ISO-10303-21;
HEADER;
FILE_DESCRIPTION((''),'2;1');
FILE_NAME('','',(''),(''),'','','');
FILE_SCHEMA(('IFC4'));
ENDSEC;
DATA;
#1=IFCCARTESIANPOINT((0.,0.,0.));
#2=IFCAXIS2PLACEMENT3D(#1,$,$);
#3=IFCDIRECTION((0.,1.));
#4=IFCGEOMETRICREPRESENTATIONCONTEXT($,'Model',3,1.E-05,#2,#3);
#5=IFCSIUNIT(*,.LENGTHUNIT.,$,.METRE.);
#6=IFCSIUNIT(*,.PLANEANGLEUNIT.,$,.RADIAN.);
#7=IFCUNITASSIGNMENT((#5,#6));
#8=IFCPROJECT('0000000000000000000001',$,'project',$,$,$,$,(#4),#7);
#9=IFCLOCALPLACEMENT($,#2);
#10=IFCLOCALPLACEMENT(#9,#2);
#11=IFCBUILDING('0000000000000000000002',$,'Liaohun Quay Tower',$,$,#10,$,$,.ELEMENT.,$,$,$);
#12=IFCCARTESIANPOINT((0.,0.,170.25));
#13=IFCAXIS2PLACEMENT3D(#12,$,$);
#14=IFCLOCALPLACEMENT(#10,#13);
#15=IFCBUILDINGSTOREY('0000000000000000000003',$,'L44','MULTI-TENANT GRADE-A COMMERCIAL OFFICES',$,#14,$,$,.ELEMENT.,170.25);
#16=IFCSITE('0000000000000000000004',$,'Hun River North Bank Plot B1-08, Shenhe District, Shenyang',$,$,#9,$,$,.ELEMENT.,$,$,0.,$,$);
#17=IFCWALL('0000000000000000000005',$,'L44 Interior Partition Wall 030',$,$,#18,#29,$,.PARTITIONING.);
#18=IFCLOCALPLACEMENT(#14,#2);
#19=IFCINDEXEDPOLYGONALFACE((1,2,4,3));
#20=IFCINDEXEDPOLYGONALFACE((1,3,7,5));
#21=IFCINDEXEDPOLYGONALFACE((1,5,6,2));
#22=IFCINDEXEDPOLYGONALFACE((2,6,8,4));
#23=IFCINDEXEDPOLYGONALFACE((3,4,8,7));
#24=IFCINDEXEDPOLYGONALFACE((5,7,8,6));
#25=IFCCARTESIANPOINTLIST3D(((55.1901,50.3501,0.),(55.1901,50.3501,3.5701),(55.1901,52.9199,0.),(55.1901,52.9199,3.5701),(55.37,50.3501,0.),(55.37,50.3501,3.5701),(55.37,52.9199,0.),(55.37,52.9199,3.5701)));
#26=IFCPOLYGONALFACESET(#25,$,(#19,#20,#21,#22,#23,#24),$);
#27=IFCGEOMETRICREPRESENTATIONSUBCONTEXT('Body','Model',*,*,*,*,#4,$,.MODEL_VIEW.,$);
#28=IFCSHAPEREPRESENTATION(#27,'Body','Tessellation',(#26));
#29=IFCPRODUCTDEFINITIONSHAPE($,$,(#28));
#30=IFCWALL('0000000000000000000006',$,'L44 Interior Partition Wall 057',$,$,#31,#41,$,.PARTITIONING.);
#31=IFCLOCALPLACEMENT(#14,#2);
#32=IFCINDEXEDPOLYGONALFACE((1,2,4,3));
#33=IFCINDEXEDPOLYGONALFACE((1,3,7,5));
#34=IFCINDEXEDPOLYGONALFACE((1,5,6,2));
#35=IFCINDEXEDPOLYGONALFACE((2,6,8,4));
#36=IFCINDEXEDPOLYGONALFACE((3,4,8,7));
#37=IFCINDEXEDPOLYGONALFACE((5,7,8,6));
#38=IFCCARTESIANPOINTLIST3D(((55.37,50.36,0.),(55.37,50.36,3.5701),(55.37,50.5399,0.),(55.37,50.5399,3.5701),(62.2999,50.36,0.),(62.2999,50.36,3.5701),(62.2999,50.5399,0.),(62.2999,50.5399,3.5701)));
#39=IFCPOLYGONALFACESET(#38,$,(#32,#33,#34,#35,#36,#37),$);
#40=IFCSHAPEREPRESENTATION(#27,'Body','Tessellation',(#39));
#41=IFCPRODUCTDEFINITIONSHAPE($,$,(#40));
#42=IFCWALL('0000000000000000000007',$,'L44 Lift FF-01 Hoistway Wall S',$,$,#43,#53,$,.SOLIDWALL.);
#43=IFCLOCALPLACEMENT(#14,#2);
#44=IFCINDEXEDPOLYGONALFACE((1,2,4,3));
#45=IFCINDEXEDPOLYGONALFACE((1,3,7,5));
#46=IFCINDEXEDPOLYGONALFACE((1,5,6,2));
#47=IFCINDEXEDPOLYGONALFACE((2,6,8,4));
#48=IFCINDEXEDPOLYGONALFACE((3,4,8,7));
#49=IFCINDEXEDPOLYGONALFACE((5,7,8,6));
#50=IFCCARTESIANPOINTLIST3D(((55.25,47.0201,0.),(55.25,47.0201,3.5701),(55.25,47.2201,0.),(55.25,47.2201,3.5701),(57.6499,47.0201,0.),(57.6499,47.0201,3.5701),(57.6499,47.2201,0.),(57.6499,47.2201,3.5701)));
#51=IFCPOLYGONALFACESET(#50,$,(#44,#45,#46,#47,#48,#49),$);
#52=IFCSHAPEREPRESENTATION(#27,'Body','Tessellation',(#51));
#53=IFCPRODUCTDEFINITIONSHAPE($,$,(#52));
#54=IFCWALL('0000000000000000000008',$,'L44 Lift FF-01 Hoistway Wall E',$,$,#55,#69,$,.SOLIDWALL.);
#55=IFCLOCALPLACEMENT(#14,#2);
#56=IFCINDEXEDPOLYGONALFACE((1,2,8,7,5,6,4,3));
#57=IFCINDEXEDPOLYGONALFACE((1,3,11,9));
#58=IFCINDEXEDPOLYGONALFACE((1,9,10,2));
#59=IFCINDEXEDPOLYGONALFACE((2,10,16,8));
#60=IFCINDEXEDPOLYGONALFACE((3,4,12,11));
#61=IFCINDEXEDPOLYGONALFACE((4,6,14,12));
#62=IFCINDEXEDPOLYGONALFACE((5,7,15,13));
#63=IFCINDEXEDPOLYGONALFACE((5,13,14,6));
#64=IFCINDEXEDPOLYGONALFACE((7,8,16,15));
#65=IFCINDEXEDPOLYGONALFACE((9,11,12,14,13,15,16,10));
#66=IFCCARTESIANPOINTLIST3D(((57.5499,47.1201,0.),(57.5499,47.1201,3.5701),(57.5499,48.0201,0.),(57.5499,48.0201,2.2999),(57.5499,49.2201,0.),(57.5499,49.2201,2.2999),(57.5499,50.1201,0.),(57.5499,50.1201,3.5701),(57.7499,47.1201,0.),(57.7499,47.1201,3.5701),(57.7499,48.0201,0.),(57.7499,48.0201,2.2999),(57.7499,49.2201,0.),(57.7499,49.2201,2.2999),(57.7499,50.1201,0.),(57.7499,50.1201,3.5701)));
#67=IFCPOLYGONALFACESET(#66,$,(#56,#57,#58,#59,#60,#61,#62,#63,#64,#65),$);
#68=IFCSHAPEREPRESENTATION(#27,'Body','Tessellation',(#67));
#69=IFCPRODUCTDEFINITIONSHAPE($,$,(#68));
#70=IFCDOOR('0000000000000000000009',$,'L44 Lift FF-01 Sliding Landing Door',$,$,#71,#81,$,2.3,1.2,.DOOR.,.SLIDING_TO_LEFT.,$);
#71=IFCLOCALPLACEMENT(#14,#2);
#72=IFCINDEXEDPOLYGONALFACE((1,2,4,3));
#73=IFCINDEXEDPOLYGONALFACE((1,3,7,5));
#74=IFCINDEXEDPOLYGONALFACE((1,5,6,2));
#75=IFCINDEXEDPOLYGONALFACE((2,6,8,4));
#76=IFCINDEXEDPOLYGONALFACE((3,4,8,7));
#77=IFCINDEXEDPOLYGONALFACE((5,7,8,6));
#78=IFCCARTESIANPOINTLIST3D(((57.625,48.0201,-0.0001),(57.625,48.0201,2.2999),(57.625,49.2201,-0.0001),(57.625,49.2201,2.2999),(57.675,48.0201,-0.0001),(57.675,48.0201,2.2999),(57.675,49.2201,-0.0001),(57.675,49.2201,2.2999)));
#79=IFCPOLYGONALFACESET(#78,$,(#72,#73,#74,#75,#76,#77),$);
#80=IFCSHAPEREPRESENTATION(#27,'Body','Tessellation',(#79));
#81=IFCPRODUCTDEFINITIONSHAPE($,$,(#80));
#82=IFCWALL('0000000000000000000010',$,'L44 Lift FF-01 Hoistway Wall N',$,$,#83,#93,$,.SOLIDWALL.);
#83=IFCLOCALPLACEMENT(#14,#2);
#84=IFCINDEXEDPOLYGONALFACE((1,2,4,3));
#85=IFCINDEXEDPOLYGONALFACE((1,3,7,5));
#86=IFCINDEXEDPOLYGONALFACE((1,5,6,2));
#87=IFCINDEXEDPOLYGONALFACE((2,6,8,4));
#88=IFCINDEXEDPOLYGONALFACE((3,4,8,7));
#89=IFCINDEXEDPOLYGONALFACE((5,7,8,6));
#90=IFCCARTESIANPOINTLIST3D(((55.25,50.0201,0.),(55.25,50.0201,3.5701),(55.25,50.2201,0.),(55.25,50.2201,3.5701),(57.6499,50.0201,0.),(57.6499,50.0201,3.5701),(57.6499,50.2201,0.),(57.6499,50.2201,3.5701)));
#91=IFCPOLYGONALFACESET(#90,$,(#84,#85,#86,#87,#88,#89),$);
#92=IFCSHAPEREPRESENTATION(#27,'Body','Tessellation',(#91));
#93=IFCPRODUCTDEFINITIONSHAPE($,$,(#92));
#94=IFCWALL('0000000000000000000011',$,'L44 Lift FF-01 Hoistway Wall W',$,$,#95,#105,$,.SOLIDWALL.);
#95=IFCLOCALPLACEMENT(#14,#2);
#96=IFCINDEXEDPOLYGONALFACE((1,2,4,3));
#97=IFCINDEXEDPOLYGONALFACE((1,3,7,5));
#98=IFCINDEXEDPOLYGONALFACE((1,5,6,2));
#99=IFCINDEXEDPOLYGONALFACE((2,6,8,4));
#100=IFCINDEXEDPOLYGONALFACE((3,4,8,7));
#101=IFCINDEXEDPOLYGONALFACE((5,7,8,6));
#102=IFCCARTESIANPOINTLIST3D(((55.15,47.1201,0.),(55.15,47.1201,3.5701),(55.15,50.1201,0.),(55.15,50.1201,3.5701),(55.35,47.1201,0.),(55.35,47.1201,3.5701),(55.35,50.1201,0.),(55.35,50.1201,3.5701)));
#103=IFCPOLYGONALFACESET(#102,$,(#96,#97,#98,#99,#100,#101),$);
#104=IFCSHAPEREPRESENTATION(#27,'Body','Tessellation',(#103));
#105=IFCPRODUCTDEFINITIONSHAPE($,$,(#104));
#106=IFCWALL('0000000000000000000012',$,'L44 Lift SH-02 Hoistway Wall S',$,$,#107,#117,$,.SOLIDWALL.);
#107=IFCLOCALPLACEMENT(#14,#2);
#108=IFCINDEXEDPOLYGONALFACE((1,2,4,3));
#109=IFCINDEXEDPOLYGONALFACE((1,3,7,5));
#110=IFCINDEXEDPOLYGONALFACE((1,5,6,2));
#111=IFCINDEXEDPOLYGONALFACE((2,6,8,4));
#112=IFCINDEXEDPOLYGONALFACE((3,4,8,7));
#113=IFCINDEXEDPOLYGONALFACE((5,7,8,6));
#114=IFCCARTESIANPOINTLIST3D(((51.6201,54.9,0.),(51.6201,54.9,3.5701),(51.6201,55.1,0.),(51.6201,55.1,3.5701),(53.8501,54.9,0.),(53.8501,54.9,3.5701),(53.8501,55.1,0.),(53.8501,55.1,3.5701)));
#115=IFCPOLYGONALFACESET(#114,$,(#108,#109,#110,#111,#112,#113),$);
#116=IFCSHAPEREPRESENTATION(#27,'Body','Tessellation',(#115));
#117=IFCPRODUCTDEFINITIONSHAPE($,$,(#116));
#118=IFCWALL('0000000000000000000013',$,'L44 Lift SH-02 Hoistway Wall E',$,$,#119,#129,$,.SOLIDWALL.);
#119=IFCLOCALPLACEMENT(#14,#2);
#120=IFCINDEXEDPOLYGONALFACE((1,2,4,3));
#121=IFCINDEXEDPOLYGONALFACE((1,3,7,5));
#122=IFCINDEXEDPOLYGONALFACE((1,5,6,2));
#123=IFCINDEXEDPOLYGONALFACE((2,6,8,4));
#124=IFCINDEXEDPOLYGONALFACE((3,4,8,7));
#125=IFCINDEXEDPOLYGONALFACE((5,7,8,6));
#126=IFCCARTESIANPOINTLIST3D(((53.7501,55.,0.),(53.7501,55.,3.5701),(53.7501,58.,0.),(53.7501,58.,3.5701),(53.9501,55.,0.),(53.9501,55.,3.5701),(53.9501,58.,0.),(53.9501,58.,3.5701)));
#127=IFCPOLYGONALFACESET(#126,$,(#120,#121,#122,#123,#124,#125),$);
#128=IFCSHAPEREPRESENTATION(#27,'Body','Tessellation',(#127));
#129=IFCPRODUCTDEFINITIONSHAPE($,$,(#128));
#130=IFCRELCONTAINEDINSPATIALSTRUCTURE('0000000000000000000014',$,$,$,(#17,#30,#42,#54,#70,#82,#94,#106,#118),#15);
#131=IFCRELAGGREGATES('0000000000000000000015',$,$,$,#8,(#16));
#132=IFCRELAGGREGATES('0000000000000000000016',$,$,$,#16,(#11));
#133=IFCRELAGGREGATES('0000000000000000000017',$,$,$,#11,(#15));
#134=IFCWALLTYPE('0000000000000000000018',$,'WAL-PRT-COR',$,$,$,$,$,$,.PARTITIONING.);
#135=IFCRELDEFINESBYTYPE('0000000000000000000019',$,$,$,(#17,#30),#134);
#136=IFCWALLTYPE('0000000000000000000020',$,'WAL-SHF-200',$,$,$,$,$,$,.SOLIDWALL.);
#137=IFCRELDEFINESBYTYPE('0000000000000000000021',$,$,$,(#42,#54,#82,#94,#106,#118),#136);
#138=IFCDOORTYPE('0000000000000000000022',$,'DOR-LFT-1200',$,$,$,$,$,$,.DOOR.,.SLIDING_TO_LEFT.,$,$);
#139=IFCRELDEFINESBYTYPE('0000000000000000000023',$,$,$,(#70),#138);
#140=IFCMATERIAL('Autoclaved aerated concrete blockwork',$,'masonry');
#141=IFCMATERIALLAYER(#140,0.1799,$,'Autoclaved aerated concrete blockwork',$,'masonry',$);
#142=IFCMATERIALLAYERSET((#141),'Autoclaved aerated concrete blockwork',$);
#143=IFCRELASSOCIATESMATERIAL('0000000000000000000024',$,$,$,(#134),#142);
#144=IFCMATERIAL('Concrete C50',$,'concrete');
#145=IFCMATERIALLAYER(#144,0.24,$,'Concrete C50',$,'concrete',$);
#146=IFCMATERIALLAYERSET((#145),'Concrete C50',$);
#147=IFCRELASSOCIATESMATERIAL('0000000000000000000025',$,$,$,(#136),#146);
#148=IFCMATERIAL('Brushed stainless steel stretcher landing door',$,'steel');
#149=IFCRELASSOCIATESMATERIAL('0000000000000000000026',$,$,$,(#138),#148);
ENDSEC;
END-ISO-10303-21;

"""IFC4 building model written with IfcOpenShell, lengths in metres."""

from ifc_helpers import new_model, si_unit, direction, frame, frame_2d, origin, place, context, subcontext, project, spatial, rectangle, extrude, source, transform, mapped, material, layer, layer_set, type_object, element, fill, save


model = new_model("IFC4")

# Units and contexts
model_context = context("Model", 3, precision=1e-05, world=origin(), true_north=direction((0.0, 1.0)))
body_context = subcontext(model_context, "Body", "Model", "MODEL_VIEW")
ifc_project = project(units=[si_unit("LENGTHUNIT", "METRE"), si_unit("PLANEANGLEUNIT", "RADIAN")], contexts=[model_context])

# Site, building, storey
site_placement = place(None, origin())
site = spatial("IfcSite", under=ifc_project, at=site_placement, Name="Hun River North Bank Plot B1-08, Shenhe District, Shenyang", CompositionType="ELEMENT", RefElevation=0.0)
building_placement = place(site_placement, origin())
building = spatial("IfcBuilding", under=site, at=building_placement, Name="Liaohun Quay Tower", CompositionType="ELEMENT")
storey_placement = place(building_placement, frame((0.0, 0.0, 170.25)))
storey = spatial("IfcBuildingStorey", under=building, at=storey_placement, Name="L44", Description="MULTI-TENANT GRADE-A COMMERCIAL OFFICES", CompositionType="ELEMENT", Elevation=170.25)

# Shared definitions
ifc_material_1 = material(Name="Autoclaved aerated concrete blockwork", Category="masonry")
ifc_layer_1 = layer(ifc_material_1, 0.1799, Name="Autoclaved aerated concrete blockwork", Category="masonry")
ifc_layer_set_1 = layer_set([ifc_layer_1], Name="Autoclaved aerated concrete blockwork")
wall_type_1 = type_object("IfcWallType", Name="WAL-PRT-COR", PredefinedType="PARTITIONING", material=ifc_layer_set_1)

# Walls
wall_1_placement = place(storey_placement, frame((55.28, 50.3501, 0.0), z_axis=(0.0, 0.0, 1.0), x_axis=(0.0, 1.0, 0.0)))
element("IfcWall", 1, at=wall_1_placement, inside=storey, type_object=wall_type_1, Name="L44 Interior Partition Wall 030", PredefinedType="PARTITIONING", context=body_context, shape_type="SweptSolid", body=[
    extrude(rectangle(XDim=2.5698, YDim=0.1799, at=frame_2d((1.2849, 0.0))), origin(), (0.0, 0.0, 1.0), 3.5701),
])
wall_2_placement = place(storey_placement, frame((55.3701, 50.45, 0.0), z_axis=(0.0, 0.0, 1.0), x_axis=(1.0, 0.0, 0.0)))
element("IfcWall", 2, at=wall_2_placement, inside=storey, type_object=wall_type_1, Name="L44 Interior Partition Wall 057", PredefinedType="PARTITIONING", context=body_context, shape_type="SweptSolid", body=[
    extrude(rectangle(XDim=6.9299, YDim=0.1799, at=frame_2d((3.4648, 0.0))), origin(), (0.0, 0.0, 1.0), 3.5701),
])
ifc_material_2 = material(Name="Concrete C50", Category="concrete")
ifc_layer_2 = layer(ifc_material_2, 0.24, Name="Concrete C50", Category="concrete")
ifc_layer_set_2 = layer_set([ifc_layer_2], Name="Concrete C50")
wall_type_2 = type_object("IfcWallType", Name="WAL-SHF-200", PredefinedType="SOLIDWALL", material=ifc_layer_set_2)
wall_3_placement = place(storey_placement, frame((55.25, 47.1201, 0.0), z_axis=(0.0, 0.0, 1.0), x_axis=(1.0, 0.0, 0.0)))
element("IfcWall", 3, at=wall_3_placement, inside=storey, type_object=wall_type_2, Name="L44 Lift FF-01 Hoistway Wall S", PredefinedType="SOLIDWALL", context=body_context, shape_type="SweptSolid", body=[
    extrude(rectangle(XDim=2.3999, YDim=0.2, at=frame_2d((1.2, 0.0))), origin(), (0.0, 0.0, 1.0), 3.5701),
])

# Wall, opening, door
wall_4_placement = place(storey_placement, frame((57.6499, 47.1201, 0.0), z_axis=(0.0, 0.0, 1.0), x_axis=(0.0, 1.0, 0.0)))
wall_4 = element("IfcWall", 4, at=wall_4_placement, inside=storey, type_object=wall_type_2, Name="L44 Lift FF-01 Hoistway Wall E", PredefinedType="SOLIDWALL", context=body_context, shape_type="SweptSolid", body=[
    extrude(rectangle(XDim=3.0, YDim=0.2, at=frame_2d((1.5, 0.0))), origin(), (0.0, 0.0, 1.0), 3.5701),
])
shared_shape_1 = source(origin(), body_context, "Body", "SweptSolid", [
    extrude(rectangle(XDim=1.2, YDim=2.3, at=frame_2d((0.6001, 1.1499))), frame((0.0, 0.1099, 0.0), z_axis=(0.0, -1.0, 0.0), x_axis=(1.0, 0.0, 0.0)), (0.0, 0.0, 1.0), 0.22),
])
opening_1_placement = place(wall_4_placement, frame((0.8999, 0.0, 0.0)))
opening_1 = element("IfcOpeningElement", 5, at=opening_1_placement, cuts=wall_4, PredefinedType="OPENING", context=body_context, shape_type="MappedRepresentation", body=[
    mapped(shared_shape_1, transform((0.0, 0.0, 0.0), x_axis=(1.0, 0.0, 0.0), y_axis=(0.0, 1.0, 0.0), z_axis=(0.0, 0.0, 1.0), scale=1.0)),
])
ifc_material_3 = material(Name="Brushed stainless steel stretcher landing door", Category="steel")
door_type_1 = type_object("IfcDoorType", Name="DOR-LFT-1200", OperationType="SLIDING_TO_LEFT", PredefinedType="DOOR", material=ifc_material_3)
shared_shape_2 = source(origin(), body_context, "Body", "SweptSolid", [
    extrude(rectangle(XDim=1.2, YDim=2.3, at=frame_2d((0.6001, 1.1499))), frame((0.0, 0.0249, 0.0), z_axis=(0.0, -1.0, 0.0), x_axis=(1.0, 0.0, 0.0)), (0.0, 0.0, 1.0), 0.05),
])
door_1_placement = place(opening_1_placement, origin())
door_1 = element("IfcDoor", 6, at=door_1_placement, inside=storey, type_object=door_type_1, Name="L44 Lift FF-01 Sliding Landing Door", OperationType="SLIDING_TO_LEFT", OverallHeight=2.3, OverallWidth=1.2, PredefinedType="DOOR", context=body_context, shape_type="MappedRepresentation", body=[
    mapped(shared_shape_2, transform((0.0, 0.0, 0.0), x_axis=(1.0, 0.0, 0.0), y_axis=(0.0, 1.0, 0.0), z_axis=(0.0, 0.0, 1.0), scale=1.0)),
])
fill(opening_1, door_1)

# Walls
wall_5_placement = place(storey_placement, frame((57.6499, 50.1201, 0.0), z_axis=(0.0, 0.0, 1.0), x_axis=(-1.0, 0.0, 0.0)))
element("IfcWall", 7, at=wall_5_placement, inside=storey, type_object=wall_type_2, Name="L44 Lift FF-01 Hoistway Wall N", PredefinedType="SOLIDWALL", context=body_context, shape_type="SweptSolid", body=[
    extrude(rectangle(XDim=2.3999, YDim=0.2, at=frame_2d((1.2, 0.0))), origin(), (0.0, 0.0, 1.0), 3.5701),
])
wall_6_placement = place(storey_placement, frame((55.25, 50.1201, 0.0), z_axis=(0.0, 0.0, 1.0), x_axis=(0.0, -1.0, 0.0)))
element("IfcWall", 8, at=wall_6_placement, inside=storey, type_object=wall_type_2, Name="L44 Lift FF-01 Hoistway Wall W", PredefinedType="SOLIDWALL", context=body_context, shape_type="SweptSolid", body=[
    extrude(rectangle(XDim=3.0, YDim=0.2, at=frame_2d((1.5, 0.0))), origin(), (0.0, 0.0, 1.0), 3.5701),
])
wall_7_placement = place(storey_placement, frame((51.6201, 55.0, 0.0), z_axis=(0.0, 0.0, 1.0), x_axis=(1.0, 0.0, 0.0)))
element("IfcWall", 9, at=wall_7_placement, inside=storey, type_object=wall_type_2, Name="L44 Lift SH-02 Hoistway Wall S", PredefinedType="SOLIDWALL", context=body_context, shape_type="SweptSolid", body=[
    extrude(rectangle(XDim=2.23, YDim=0.2, at=frame_2d((1.115, 0.0))), origin(), (0.0, 0.0, 1.0), 3.5701),
])
wall_8_placement = place(storey_placement, frame((53.8501, 55.0, 0.0), z_axis=(0.0, 0.0, 1.0), x_axis=(0.0, 1.0, 0.0)))
element("IfcWall", 10, at=wall_8_placement, inside=storey, type_object=wall_type_2, Name="L44 Lift SH-02 Hoistway Wall E", PredefinedType="SOLIDWALL", context=body_context, shape_type="SweptSolid", body=[
    extrude(rectangle(XDim=3.0, YDim=0.2, at=frame_2d((1.5, 0.0))), origin(), (0.0, 0.0, 1.0), 3.5701),
])

save(model, "model.ifc")
